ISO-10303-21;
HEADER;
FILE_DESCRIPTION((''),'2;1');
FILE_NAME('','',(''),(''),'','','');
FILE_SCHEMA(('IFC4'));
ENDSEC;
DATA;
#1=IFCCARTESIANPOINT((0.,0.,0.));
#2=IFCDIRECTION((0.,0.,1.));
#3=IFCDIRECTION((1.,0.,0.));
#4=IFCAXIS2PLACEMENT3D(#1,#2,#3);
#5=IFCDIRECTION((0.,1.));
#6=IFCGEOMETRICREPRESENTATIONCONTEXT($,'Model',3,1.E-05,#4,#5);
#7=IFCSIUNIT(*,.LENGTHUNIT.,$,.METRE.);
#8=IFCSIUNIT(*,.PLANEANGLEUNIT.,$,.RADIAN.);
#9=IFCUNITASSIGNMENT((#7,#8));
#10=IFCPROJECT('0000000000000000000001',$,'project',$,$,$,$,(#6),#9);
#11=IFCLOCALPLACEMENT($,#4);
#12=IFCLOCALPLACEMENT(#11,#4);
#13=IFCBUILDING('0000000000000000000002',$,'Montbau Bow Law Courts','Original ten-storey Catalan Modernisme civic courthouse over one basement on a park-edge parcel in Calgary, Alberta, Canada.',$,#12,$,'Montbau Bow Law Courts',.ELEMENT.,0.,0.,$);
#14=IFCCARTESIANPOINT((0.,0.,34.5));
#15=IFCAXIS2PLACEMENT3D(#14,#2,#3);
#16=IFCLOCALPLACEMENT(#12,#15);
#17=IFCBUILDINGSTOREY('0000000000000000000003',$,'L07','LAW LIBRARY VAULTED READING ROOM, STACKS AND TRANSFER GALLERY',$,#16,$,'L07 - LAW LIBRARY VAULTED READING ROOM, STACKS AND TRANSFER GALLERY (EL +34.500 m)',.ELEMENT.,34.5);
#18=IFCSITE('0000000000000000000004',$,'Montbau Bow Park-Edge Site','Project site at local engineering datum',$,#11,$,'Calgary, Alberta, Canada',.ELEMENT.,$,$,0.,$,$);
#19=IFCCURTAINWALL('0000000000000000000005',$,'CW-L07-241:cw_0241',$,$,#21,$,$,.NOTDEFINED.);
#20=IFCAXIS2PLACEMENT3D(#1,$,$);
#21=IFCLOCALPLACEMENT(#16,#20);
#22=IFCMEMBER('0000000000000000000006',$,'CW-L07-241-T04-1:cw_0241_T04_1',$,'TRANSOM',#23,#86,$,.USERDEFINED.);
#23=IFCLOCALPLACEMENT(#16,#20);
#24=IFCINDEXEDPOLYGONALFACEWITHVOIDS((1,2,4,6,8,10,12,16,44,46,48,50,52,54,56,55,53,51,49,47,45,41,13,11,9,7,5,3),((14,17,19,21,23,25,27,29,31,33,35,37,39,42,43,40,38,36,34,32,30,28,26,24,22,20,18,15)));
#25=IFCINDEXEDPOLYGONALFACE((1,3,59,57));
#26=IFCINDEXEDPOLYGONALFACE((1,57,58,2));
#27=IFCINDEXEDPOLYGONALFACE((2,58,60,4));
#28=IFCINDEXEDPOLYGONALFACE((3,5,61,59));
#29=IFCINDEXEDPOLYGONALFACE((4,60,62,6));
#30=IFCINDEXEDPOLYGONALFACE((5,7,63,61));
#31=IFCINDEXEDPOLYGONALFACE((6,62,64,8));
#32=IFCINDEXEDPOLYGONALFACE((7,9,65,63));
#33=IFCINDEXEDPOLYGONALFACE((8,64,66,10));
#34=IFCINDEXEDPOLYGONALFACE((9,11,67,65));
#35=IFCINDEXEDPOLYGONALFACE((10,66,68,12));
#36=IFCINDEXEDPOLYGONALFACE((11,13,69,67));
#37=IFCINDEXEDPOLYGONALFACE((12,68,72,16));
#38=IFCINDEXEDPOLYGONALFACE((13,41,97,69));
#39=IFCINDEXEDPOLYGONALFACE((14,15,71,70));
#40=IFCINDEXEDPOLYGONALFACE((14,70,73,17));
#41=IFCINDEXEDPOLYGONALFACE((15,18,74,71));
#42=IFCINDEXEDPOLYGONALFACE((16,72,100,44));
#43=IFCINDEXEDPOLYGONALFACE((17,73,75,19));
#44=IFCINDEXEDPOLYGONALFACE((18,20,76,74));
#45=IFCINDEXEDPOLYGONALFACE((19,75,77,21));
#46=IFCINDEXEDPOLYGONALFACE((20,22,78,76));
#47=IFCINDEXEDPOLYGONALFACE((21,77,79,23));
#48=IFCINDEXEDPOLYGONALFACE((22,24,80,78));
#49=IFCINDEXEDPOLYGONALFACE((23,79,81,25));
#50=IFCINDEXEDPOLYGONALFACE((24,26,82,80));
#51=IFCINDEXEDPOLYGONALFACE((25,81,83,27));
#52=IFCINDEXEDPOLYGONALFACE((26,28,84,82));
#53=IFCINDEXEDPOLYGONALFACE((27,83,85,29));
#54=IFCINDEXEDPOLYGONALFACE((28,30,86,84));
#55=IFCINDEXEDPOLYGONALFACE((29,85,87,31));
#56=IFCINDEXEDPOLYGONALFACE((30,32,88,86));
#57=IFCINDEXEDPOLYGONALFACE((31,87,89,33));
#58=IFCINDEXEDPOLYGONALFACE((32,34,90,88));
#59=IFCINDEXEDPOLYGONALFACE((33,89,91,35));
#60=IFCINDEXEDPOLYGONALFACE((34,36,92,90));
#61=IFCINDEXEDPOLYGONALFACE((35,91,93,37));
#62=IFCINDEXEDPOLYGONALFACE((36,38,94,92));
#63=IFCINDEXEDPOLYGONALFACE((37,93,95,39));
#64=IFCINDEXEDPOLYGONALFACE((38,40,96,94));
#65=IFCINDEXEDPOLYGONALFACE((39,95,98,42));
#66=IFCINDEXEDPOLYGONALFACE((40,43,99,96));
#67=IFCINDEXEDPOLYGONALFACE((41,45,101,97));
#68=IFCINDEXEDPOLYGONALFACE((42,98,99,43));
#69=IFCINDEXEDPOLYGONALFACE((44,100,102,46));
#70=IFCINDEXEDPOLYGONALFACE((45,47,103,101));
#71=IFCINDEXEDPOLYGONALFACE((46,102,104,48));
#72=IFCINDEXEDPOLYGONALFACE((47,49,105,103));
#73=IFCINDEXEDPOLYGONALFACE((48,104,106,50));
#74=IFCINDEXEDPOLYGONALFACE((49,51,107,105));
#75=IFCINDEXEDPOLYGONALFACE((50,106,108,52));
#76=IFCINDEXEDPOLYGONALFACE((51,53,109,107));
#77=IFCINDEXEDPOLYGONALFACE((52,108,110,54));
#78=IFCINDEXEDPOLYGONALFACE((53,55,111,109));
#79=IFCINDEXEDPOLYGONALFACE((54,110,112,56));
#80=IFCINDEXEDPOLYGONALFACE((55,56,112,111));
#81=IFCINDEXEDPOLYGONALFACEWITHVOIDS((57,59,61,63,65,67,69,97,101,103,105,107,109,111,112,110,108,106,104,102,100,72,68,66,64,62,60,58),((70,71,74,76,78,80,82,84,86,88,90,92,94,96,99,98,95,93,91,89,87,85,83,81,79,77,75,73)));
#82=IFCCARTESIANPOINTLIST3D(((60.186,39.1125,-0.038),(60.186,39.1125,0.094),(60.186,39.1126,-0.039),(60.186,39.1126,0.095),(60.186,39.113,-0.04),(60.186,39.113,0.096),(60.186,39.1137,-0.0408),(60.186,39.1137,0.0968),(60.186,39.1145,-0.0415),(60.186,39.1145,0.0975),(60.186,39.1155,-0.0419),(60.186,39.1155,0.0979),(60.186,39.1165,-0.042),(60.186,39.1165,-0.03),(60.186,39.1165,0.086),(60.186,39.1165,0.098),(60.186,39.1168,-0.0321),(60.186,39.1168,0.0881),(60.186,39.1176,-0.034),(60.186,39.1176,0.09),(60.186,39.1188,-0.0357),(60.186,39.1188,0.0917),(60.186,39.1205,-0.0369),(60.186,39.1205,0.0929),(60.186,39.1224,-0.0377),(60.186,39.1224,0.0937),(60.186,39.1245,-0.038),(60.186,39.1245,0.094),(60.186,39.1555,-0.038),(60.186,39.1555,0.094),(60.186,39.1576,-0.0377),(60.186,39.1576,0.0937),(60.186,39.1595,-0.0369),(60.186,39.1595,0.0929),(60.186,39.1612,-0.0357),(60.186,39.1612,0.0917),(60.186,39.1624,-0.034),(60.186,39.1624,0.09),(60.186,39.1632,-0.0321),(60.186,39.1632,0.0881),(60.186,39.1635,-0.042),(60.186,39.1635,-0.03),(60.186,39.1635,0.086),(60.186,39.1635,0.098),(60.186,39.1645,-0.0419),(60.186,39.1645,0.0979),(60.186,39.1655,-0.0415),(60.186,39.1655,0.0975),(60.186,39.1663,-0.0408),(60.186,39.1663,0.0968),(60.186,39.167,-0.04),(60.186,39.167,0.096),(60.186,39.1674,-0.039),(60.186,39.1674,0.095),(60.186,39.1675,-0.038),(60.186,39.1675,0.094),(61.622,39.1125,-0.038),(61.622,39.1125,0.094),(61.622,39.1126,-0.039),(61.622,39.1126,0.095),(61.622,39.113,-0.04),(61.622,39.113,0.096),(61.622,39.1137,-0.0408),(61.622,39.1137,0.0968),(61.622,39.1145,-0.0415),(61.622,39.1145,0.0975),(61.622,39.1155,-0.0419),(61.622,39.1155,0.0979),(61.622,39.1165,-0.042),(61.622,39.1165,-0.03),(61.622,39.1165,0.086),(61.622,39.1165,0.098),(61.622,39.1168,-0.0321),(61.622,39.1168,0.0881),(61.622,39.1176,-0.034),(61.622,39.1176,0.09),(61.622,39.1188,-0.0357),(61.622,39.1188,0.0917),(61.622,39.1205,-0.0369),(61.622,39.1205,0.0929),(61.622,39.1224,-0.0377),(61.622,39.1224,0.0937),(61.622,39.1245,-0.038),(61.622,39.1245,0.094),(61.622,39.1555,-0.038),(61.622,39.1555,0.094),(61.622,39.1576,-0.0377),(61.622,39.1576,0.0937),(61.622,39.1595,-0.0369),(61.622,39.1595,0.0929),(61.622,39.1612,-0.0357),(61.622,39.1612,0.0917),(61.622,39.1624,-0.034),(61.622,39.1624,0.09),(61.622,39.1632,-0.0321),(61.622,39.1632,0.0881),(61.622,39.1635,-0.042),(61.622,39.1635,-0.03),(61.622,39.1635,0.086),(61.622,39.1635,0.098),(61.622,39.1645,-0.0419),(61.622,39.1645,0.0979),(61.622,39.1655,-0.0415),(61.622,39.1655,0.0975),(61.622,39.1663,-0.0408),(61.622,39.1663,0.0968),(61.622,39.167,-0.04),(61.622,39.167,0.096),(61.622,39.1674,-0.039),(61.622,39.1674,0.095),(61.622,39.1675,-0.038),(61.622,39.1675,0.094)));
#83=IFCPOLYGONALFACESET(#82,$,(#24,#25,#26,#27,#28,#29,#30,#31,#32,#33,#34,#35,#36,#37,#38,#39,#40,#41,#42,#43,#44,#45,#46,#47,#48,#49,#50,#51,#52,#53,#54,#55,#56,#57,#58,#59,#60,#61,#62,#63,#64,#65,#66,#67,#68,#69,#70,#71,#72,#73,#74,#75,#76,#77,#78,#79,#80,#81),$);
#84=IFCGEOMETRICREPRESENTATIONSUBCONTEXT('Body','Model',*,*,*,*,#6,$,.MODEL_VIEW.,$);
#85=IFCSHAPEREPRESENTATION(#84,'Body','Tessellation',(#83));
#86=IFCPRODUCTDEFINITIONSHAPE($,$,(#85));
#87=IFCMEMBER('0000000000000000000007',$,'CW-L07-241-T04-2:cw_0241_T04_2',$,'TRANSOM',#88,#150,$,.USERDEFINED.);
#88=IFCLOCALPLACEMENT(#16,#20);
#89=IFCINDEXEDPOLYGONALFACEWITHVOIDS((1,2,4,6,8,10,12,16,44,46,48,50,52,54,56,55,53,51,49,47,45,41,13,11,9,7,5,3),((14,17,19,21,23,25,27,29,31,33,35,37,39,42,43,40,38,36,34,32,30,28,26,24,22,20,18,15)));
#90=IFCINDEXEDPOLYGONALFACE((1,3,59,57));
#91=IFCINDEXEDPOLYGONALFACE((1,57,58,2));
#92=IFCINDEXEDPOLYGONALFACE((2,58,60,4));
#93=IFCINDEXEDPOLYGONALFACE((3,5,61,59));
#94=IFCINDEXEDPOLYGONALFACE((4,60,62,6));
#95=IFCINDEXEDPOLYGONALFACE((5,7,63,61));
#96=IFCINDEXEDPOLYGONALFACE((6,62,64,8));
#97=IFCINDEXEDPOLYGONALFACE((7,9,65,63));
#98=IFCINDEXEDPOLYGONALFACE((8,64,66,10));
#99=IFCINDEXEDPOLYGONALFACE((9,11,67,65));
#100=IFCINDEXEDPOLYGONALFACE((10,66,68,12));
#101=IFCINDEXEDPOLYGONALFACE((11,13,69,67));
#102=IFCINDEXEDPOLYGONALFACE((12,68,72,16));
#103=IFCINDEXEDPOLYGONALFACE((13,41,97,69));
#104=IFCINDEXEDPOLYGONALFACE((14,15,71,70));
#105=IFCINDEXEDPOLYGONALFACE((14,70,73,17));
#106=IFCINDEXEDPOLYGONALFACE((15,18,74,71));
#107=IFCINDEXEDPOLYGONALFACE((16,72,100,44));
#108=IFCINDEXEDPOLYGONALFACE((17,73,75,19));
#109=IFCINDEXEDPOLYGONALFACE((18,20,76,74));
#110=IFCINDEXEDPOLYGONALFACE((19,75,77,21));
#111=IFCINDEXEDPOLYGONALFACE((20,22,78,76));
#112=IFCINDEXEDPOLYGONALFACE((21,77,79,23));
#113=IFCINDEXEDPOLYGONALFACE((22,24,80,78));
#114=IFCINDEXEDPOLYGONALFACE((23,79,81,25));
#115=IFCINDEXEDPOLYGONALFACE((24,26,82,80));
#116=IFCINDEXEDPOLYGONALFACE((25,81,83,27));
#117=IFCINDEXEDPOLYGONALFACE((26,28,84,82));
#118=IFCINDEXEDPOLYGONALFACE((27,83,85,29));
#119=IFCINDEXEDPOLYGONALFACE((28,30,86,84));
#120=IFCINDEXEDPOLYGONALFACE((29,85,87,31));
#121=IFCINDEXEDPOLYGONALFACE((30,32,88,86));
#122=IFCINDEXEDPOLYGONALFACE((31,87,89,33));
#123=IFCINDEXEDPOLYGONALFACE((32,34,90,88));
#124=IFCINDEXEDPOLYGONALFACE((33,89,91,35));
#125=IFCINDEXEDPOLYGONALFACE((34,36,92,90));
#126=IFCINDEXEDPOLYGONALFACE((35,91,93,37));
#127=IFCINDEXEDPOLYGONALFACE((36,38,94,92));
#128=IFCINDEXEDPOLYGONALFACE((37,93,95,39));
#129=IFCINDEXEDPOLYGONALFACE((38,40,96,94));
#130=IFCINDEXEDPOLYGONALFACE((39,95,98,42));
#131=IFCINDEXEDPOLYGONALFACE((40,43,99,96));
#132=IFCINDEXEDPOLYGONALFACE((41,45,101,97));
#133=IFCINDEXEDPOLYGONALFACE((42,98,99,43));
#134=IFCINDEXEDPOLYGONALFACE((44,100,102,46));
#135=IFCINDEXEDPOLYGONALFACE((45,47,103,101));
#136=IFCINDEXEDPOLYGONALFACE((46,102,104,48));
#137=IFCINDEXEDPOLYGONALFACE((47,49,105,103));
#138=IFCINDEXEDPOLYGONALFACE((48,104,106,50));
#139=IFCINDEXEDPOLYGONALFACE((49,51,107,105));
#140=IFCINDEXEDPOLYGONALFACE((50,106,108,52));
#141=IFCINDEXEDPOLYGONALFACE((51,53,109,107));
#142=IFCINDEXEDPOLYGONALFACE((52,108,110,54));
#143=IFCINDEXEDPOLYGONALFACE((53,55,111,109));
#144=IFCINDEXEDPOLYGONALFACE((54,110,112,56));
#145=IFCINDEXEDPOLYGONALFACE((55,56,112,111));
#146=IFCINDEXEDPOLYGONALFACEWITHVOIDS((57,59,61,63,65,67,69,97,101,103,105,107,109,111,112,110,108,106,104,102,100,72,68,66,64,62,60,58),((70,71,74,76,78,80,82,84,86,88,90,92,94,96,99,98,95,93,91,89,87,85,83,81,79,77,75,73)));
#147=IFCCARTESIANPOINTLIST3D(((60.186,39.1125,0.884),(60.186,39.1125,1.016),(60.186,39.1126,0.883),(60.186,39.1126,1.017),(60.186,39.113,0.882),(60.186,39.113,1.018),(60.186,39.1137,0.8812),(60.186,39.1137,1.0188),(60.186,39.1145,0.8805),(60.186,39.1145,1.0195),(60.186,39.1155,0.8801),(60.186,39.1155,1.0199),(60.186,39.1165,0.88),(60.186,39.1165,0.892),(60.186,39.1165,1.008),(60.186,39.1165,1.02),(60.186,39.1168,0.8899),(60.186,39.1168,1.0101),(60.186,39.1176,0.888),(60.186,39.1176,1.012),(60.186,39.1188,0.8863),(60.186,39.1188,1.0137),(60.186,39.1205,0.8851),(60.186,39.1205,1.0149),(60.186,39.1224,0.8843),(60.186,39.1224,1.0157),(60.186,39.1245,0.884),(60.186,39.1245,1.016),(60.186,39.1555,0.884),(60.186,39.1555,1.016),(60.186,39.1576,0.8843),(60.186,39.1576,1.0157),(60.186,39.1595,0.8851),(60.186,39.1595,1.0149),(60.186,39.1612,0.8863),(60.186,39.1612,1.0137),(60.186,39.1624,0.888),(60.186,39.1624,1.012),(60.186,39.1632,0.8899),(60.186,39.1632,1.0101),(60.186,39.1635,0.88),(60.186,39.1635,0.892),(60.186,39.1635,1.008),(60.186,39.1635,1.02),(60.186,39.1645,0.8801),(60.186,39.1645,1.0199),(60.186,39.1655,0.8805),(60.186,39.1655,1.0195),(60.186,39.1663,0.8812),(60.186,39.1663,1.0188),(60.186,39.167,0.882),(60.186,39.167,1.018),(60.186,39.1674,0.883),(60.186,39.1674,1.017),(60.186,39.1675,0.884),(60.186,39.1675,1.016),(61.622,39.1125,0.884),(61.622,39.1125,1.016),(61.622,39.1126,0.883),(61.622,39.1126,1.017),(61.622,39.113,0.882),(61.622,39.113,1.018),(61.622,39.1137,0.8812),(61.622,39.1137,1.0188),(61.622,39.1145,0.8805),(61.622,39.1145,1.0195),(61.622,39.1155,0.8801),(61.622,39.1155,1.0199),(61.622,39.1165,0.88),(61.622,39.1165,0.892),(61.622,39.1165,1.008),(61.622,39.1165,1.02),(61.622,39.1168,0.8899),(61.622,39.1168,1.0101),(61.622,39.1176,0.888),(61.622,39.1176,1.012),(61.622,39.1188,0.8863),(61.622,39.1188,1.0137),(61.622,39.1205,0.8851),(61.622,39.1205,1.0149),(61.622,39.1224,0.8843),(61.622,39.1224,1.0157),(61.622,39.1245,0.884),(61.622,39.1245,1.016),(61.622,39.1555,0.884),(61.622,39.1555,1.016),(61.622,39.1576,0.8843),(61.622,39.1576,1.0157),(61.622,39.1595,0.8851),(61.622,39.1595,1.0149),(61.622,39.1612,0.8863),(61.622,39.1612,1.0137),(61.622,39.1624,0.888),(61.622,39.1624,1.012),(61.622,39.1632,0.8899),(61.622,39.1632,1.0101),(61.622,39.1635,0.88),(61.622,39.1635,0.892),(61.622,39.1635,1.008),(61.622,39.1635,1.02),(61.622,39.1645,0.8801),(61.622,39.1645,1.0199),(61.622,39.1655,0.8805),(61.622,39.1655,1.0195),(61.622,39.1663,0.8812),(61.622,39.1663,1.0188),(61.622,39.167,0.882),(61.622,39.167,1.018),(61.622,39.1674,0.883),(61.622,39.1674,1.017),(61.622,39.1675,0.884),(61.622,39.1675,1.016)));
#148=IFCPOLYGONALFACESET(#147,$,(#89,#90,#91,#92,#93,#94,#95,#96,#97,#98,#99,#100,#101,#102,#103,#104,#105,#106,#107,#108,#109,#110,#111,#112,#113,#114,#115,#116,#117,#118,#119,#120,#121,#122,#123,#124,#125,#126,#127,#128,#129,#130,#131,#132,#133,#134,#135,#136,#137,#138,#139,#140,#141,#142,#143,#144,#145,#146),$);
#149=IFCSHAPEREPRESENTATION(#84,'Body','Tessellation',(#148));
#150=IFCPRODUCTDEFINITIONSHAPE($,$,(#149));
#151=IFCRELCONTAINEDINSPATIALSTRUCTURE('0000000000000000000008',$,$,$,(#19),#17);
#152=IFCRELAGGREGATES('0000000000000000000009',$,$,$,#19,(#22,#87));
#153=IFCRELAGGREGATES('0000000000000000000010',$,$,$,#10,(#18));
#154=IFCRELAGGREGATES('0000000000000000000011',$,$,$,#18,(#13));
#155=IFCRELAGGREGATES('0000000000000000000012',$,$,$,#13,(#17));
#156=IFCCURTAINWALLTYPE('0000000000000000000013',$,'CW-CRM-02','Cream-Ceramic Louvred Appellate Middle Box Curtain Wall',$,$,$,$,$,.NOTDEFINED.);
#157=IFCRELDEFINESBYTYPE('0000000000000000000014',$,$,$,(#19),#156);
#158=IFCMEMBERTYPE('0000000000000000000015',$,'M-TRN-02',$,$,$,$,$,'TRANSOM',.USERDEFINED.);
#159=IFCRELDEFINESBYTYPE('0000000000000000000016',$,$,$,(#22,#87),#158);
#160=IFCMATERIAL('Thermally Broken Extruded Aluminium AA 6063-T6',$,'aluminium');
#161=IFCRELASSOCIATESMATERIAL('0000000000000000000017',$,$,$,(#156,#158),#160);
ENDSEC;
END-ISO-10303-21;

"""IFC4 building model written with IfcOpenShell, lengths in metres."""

from ifc_helpers import new_model, si_unit, direction, frame, origin_with_axes, origin_2d_with_axis, place, context, subcontext, project, spatial, hollow_rectangle, extrude, material, material_profile, profile_set, type_object, element, aggregate, save


model = new_model("IFC4")

# Units and contexts
model_context = context("Model", 3, precision=1e-05, world=origin_with_axes(), true_north=direction((0.0, 1.0)))
body_context = subcontext(model_context, "Body", "Model", "MODEL_VIEW")
ifc_project = project(units=[si_unit("LENGTHUNIT", "METRE"), si_unit("PLANEANGLEUNIT", "RADIAN")], contexts=[model_context])

# Site, building, storey
site_placement = place(None, origin_with_axes())
site = spatial("IfcSite", under=ifc_project, at=site_placement, Name="Montbau Bow Park-Edge Site", Description="Project site at local engineering datum", LongName="Calgary, Alberta, Canada", CompositionType="ELEMENT", RefElevation=0.0)
building_placement = place(site_placement, origin_with_axes())
building = spatial("IfcBuilding", under=site, at=building_placement, Name="Montbau Bow Law Courts", Description="Original ten-storey Catalan Modernisme civic courthouse over one basement on a park-edge parcel in Calgary, Alberta, Canada.", LongName="Montbau Bow Law Courts", CompositionType="ELEMENT", ElevationOfRefHeight=0.0, ElevationOfTerrain=0.0)
storey_placement = place(building_placement, frame((0.0, 0.0, 34.5), z_axis=(0.0, 0.0, 1.0), x_axis=(1.0, 0.0, 0.0)))
storey = spatial("IfcBuildingStorey", under=building, at=storey_placement, Name="L07", Description="LAW LIBRARY VAULTED READING ROOM, STACKS AND TRANSFER GALLERY", LongName="L07 - LAW LIBRARY VAULTED READING ROOM, STACKS AND TRANSFER GALLERY (EL +34.500 m)", CompositionType="ELEMENT", Elevation=34.5)

# Curtain wall
ifc_material_1 = material(Name="Thermally Broken Extruded Aluminium AA 6063-T6", Category="aluminium")
curtain_wall_type = type_object("IfcCurtainWallType", Name="CW-CRM-02", Description="Cream-Ceramic Louvred Appellate Middle Box Curtain Wall", PredefinedType="NOTDEFINED", material=ifc_material_1)
curtain_wall_1_placement = place(None, frame((55.64, 39.14, 34.5), z_axis=(0.0, 0.0, 1.0), x_axis=(1.0, 0.0, 0.0)))
curtain_wall_1 = element("IfcCurtainWall", 1, at=curtain_wall_1_placement, inside=storey, type_object=curtain_wall_type, Name="CW-L07-241:cw_0241", PredefinedType="NOTDEFINED")

# Members
ifc_material_profile_1 = material_profile(ifc_material_1, hollow_rectangle(XDim=0.055, YDim=0.14, WallThickness=0.004, InnerFilletRadius=0.008, OuterFilletRadius=0.004, at=origin_2d_with_axis()), Name="CWT-140X55", Category="Main", Priority=0)
ifc_profile_set_1 = profile_set([ifc_material_profile_1], Name="Thermally Broken Extruded Aluminium AA 6063-T6")
member_type_1 = type_object("IfcMemberType", Name="M-TRN-02", ElementType="TRANSOM", PredefinedType="USERDEFINED", material=ifc_profile_set_1)
member_1_placement = place(None, frame((60.186, 39.14, 34.528), z_axis=(1.0, 0.0, 0.0), x_axis=(0.0, 1.0, 0.0)))
member_1 = element("IfcMember", 2, at=member_1_placement, type_object=member_type_1, Name="CW-L07-241-T04-1:cw_0241_T04_1", ObjectType="TRANSOM", PredefinedType="USERDEFINED", context=body_context, shape_type="SweptSolid", body=[
    extrude(hollow_rectangle(XDim=0.055, YDim=0.14, WallThickness=0.004, InnerFilletRadius=0.008, OuterFilletRadius=0.004, at=origin_2d_with_axis()), origin_with_axes(), (0.0, 0.0, 1.0), 1.436),
])
member_2_placement = place(None, frame((60.186, 39.14, 35.45), z_axis=(1.0, 0.0, 0.0), x_axis=(0.0, 1.0, 0.0)))
member_2 = element("IfcMember", 3, at=member_2_placement, type_object=member_type_1, Name="CW-L07-241-T04-2:cw_0241_T04_2", ObjectType="TRANSOM", PredefinedType="USERDEFINED", context=body_context, shape_type="SweptSolid", body=[
    extrude(hollow_rectangle(XDim=0.055, YDim=0.14, WallThickness=0.004, InnerFilletRadius=0.008, OuterFilletRadius=0.004, at=origin_2d_with_axis()), origin_with_axes(), (0.0, 0.0, 1.0), 1.436),
])

aggregate(curtain_wall_1, [member_1, member_2])

save(model, "model.ifc")
